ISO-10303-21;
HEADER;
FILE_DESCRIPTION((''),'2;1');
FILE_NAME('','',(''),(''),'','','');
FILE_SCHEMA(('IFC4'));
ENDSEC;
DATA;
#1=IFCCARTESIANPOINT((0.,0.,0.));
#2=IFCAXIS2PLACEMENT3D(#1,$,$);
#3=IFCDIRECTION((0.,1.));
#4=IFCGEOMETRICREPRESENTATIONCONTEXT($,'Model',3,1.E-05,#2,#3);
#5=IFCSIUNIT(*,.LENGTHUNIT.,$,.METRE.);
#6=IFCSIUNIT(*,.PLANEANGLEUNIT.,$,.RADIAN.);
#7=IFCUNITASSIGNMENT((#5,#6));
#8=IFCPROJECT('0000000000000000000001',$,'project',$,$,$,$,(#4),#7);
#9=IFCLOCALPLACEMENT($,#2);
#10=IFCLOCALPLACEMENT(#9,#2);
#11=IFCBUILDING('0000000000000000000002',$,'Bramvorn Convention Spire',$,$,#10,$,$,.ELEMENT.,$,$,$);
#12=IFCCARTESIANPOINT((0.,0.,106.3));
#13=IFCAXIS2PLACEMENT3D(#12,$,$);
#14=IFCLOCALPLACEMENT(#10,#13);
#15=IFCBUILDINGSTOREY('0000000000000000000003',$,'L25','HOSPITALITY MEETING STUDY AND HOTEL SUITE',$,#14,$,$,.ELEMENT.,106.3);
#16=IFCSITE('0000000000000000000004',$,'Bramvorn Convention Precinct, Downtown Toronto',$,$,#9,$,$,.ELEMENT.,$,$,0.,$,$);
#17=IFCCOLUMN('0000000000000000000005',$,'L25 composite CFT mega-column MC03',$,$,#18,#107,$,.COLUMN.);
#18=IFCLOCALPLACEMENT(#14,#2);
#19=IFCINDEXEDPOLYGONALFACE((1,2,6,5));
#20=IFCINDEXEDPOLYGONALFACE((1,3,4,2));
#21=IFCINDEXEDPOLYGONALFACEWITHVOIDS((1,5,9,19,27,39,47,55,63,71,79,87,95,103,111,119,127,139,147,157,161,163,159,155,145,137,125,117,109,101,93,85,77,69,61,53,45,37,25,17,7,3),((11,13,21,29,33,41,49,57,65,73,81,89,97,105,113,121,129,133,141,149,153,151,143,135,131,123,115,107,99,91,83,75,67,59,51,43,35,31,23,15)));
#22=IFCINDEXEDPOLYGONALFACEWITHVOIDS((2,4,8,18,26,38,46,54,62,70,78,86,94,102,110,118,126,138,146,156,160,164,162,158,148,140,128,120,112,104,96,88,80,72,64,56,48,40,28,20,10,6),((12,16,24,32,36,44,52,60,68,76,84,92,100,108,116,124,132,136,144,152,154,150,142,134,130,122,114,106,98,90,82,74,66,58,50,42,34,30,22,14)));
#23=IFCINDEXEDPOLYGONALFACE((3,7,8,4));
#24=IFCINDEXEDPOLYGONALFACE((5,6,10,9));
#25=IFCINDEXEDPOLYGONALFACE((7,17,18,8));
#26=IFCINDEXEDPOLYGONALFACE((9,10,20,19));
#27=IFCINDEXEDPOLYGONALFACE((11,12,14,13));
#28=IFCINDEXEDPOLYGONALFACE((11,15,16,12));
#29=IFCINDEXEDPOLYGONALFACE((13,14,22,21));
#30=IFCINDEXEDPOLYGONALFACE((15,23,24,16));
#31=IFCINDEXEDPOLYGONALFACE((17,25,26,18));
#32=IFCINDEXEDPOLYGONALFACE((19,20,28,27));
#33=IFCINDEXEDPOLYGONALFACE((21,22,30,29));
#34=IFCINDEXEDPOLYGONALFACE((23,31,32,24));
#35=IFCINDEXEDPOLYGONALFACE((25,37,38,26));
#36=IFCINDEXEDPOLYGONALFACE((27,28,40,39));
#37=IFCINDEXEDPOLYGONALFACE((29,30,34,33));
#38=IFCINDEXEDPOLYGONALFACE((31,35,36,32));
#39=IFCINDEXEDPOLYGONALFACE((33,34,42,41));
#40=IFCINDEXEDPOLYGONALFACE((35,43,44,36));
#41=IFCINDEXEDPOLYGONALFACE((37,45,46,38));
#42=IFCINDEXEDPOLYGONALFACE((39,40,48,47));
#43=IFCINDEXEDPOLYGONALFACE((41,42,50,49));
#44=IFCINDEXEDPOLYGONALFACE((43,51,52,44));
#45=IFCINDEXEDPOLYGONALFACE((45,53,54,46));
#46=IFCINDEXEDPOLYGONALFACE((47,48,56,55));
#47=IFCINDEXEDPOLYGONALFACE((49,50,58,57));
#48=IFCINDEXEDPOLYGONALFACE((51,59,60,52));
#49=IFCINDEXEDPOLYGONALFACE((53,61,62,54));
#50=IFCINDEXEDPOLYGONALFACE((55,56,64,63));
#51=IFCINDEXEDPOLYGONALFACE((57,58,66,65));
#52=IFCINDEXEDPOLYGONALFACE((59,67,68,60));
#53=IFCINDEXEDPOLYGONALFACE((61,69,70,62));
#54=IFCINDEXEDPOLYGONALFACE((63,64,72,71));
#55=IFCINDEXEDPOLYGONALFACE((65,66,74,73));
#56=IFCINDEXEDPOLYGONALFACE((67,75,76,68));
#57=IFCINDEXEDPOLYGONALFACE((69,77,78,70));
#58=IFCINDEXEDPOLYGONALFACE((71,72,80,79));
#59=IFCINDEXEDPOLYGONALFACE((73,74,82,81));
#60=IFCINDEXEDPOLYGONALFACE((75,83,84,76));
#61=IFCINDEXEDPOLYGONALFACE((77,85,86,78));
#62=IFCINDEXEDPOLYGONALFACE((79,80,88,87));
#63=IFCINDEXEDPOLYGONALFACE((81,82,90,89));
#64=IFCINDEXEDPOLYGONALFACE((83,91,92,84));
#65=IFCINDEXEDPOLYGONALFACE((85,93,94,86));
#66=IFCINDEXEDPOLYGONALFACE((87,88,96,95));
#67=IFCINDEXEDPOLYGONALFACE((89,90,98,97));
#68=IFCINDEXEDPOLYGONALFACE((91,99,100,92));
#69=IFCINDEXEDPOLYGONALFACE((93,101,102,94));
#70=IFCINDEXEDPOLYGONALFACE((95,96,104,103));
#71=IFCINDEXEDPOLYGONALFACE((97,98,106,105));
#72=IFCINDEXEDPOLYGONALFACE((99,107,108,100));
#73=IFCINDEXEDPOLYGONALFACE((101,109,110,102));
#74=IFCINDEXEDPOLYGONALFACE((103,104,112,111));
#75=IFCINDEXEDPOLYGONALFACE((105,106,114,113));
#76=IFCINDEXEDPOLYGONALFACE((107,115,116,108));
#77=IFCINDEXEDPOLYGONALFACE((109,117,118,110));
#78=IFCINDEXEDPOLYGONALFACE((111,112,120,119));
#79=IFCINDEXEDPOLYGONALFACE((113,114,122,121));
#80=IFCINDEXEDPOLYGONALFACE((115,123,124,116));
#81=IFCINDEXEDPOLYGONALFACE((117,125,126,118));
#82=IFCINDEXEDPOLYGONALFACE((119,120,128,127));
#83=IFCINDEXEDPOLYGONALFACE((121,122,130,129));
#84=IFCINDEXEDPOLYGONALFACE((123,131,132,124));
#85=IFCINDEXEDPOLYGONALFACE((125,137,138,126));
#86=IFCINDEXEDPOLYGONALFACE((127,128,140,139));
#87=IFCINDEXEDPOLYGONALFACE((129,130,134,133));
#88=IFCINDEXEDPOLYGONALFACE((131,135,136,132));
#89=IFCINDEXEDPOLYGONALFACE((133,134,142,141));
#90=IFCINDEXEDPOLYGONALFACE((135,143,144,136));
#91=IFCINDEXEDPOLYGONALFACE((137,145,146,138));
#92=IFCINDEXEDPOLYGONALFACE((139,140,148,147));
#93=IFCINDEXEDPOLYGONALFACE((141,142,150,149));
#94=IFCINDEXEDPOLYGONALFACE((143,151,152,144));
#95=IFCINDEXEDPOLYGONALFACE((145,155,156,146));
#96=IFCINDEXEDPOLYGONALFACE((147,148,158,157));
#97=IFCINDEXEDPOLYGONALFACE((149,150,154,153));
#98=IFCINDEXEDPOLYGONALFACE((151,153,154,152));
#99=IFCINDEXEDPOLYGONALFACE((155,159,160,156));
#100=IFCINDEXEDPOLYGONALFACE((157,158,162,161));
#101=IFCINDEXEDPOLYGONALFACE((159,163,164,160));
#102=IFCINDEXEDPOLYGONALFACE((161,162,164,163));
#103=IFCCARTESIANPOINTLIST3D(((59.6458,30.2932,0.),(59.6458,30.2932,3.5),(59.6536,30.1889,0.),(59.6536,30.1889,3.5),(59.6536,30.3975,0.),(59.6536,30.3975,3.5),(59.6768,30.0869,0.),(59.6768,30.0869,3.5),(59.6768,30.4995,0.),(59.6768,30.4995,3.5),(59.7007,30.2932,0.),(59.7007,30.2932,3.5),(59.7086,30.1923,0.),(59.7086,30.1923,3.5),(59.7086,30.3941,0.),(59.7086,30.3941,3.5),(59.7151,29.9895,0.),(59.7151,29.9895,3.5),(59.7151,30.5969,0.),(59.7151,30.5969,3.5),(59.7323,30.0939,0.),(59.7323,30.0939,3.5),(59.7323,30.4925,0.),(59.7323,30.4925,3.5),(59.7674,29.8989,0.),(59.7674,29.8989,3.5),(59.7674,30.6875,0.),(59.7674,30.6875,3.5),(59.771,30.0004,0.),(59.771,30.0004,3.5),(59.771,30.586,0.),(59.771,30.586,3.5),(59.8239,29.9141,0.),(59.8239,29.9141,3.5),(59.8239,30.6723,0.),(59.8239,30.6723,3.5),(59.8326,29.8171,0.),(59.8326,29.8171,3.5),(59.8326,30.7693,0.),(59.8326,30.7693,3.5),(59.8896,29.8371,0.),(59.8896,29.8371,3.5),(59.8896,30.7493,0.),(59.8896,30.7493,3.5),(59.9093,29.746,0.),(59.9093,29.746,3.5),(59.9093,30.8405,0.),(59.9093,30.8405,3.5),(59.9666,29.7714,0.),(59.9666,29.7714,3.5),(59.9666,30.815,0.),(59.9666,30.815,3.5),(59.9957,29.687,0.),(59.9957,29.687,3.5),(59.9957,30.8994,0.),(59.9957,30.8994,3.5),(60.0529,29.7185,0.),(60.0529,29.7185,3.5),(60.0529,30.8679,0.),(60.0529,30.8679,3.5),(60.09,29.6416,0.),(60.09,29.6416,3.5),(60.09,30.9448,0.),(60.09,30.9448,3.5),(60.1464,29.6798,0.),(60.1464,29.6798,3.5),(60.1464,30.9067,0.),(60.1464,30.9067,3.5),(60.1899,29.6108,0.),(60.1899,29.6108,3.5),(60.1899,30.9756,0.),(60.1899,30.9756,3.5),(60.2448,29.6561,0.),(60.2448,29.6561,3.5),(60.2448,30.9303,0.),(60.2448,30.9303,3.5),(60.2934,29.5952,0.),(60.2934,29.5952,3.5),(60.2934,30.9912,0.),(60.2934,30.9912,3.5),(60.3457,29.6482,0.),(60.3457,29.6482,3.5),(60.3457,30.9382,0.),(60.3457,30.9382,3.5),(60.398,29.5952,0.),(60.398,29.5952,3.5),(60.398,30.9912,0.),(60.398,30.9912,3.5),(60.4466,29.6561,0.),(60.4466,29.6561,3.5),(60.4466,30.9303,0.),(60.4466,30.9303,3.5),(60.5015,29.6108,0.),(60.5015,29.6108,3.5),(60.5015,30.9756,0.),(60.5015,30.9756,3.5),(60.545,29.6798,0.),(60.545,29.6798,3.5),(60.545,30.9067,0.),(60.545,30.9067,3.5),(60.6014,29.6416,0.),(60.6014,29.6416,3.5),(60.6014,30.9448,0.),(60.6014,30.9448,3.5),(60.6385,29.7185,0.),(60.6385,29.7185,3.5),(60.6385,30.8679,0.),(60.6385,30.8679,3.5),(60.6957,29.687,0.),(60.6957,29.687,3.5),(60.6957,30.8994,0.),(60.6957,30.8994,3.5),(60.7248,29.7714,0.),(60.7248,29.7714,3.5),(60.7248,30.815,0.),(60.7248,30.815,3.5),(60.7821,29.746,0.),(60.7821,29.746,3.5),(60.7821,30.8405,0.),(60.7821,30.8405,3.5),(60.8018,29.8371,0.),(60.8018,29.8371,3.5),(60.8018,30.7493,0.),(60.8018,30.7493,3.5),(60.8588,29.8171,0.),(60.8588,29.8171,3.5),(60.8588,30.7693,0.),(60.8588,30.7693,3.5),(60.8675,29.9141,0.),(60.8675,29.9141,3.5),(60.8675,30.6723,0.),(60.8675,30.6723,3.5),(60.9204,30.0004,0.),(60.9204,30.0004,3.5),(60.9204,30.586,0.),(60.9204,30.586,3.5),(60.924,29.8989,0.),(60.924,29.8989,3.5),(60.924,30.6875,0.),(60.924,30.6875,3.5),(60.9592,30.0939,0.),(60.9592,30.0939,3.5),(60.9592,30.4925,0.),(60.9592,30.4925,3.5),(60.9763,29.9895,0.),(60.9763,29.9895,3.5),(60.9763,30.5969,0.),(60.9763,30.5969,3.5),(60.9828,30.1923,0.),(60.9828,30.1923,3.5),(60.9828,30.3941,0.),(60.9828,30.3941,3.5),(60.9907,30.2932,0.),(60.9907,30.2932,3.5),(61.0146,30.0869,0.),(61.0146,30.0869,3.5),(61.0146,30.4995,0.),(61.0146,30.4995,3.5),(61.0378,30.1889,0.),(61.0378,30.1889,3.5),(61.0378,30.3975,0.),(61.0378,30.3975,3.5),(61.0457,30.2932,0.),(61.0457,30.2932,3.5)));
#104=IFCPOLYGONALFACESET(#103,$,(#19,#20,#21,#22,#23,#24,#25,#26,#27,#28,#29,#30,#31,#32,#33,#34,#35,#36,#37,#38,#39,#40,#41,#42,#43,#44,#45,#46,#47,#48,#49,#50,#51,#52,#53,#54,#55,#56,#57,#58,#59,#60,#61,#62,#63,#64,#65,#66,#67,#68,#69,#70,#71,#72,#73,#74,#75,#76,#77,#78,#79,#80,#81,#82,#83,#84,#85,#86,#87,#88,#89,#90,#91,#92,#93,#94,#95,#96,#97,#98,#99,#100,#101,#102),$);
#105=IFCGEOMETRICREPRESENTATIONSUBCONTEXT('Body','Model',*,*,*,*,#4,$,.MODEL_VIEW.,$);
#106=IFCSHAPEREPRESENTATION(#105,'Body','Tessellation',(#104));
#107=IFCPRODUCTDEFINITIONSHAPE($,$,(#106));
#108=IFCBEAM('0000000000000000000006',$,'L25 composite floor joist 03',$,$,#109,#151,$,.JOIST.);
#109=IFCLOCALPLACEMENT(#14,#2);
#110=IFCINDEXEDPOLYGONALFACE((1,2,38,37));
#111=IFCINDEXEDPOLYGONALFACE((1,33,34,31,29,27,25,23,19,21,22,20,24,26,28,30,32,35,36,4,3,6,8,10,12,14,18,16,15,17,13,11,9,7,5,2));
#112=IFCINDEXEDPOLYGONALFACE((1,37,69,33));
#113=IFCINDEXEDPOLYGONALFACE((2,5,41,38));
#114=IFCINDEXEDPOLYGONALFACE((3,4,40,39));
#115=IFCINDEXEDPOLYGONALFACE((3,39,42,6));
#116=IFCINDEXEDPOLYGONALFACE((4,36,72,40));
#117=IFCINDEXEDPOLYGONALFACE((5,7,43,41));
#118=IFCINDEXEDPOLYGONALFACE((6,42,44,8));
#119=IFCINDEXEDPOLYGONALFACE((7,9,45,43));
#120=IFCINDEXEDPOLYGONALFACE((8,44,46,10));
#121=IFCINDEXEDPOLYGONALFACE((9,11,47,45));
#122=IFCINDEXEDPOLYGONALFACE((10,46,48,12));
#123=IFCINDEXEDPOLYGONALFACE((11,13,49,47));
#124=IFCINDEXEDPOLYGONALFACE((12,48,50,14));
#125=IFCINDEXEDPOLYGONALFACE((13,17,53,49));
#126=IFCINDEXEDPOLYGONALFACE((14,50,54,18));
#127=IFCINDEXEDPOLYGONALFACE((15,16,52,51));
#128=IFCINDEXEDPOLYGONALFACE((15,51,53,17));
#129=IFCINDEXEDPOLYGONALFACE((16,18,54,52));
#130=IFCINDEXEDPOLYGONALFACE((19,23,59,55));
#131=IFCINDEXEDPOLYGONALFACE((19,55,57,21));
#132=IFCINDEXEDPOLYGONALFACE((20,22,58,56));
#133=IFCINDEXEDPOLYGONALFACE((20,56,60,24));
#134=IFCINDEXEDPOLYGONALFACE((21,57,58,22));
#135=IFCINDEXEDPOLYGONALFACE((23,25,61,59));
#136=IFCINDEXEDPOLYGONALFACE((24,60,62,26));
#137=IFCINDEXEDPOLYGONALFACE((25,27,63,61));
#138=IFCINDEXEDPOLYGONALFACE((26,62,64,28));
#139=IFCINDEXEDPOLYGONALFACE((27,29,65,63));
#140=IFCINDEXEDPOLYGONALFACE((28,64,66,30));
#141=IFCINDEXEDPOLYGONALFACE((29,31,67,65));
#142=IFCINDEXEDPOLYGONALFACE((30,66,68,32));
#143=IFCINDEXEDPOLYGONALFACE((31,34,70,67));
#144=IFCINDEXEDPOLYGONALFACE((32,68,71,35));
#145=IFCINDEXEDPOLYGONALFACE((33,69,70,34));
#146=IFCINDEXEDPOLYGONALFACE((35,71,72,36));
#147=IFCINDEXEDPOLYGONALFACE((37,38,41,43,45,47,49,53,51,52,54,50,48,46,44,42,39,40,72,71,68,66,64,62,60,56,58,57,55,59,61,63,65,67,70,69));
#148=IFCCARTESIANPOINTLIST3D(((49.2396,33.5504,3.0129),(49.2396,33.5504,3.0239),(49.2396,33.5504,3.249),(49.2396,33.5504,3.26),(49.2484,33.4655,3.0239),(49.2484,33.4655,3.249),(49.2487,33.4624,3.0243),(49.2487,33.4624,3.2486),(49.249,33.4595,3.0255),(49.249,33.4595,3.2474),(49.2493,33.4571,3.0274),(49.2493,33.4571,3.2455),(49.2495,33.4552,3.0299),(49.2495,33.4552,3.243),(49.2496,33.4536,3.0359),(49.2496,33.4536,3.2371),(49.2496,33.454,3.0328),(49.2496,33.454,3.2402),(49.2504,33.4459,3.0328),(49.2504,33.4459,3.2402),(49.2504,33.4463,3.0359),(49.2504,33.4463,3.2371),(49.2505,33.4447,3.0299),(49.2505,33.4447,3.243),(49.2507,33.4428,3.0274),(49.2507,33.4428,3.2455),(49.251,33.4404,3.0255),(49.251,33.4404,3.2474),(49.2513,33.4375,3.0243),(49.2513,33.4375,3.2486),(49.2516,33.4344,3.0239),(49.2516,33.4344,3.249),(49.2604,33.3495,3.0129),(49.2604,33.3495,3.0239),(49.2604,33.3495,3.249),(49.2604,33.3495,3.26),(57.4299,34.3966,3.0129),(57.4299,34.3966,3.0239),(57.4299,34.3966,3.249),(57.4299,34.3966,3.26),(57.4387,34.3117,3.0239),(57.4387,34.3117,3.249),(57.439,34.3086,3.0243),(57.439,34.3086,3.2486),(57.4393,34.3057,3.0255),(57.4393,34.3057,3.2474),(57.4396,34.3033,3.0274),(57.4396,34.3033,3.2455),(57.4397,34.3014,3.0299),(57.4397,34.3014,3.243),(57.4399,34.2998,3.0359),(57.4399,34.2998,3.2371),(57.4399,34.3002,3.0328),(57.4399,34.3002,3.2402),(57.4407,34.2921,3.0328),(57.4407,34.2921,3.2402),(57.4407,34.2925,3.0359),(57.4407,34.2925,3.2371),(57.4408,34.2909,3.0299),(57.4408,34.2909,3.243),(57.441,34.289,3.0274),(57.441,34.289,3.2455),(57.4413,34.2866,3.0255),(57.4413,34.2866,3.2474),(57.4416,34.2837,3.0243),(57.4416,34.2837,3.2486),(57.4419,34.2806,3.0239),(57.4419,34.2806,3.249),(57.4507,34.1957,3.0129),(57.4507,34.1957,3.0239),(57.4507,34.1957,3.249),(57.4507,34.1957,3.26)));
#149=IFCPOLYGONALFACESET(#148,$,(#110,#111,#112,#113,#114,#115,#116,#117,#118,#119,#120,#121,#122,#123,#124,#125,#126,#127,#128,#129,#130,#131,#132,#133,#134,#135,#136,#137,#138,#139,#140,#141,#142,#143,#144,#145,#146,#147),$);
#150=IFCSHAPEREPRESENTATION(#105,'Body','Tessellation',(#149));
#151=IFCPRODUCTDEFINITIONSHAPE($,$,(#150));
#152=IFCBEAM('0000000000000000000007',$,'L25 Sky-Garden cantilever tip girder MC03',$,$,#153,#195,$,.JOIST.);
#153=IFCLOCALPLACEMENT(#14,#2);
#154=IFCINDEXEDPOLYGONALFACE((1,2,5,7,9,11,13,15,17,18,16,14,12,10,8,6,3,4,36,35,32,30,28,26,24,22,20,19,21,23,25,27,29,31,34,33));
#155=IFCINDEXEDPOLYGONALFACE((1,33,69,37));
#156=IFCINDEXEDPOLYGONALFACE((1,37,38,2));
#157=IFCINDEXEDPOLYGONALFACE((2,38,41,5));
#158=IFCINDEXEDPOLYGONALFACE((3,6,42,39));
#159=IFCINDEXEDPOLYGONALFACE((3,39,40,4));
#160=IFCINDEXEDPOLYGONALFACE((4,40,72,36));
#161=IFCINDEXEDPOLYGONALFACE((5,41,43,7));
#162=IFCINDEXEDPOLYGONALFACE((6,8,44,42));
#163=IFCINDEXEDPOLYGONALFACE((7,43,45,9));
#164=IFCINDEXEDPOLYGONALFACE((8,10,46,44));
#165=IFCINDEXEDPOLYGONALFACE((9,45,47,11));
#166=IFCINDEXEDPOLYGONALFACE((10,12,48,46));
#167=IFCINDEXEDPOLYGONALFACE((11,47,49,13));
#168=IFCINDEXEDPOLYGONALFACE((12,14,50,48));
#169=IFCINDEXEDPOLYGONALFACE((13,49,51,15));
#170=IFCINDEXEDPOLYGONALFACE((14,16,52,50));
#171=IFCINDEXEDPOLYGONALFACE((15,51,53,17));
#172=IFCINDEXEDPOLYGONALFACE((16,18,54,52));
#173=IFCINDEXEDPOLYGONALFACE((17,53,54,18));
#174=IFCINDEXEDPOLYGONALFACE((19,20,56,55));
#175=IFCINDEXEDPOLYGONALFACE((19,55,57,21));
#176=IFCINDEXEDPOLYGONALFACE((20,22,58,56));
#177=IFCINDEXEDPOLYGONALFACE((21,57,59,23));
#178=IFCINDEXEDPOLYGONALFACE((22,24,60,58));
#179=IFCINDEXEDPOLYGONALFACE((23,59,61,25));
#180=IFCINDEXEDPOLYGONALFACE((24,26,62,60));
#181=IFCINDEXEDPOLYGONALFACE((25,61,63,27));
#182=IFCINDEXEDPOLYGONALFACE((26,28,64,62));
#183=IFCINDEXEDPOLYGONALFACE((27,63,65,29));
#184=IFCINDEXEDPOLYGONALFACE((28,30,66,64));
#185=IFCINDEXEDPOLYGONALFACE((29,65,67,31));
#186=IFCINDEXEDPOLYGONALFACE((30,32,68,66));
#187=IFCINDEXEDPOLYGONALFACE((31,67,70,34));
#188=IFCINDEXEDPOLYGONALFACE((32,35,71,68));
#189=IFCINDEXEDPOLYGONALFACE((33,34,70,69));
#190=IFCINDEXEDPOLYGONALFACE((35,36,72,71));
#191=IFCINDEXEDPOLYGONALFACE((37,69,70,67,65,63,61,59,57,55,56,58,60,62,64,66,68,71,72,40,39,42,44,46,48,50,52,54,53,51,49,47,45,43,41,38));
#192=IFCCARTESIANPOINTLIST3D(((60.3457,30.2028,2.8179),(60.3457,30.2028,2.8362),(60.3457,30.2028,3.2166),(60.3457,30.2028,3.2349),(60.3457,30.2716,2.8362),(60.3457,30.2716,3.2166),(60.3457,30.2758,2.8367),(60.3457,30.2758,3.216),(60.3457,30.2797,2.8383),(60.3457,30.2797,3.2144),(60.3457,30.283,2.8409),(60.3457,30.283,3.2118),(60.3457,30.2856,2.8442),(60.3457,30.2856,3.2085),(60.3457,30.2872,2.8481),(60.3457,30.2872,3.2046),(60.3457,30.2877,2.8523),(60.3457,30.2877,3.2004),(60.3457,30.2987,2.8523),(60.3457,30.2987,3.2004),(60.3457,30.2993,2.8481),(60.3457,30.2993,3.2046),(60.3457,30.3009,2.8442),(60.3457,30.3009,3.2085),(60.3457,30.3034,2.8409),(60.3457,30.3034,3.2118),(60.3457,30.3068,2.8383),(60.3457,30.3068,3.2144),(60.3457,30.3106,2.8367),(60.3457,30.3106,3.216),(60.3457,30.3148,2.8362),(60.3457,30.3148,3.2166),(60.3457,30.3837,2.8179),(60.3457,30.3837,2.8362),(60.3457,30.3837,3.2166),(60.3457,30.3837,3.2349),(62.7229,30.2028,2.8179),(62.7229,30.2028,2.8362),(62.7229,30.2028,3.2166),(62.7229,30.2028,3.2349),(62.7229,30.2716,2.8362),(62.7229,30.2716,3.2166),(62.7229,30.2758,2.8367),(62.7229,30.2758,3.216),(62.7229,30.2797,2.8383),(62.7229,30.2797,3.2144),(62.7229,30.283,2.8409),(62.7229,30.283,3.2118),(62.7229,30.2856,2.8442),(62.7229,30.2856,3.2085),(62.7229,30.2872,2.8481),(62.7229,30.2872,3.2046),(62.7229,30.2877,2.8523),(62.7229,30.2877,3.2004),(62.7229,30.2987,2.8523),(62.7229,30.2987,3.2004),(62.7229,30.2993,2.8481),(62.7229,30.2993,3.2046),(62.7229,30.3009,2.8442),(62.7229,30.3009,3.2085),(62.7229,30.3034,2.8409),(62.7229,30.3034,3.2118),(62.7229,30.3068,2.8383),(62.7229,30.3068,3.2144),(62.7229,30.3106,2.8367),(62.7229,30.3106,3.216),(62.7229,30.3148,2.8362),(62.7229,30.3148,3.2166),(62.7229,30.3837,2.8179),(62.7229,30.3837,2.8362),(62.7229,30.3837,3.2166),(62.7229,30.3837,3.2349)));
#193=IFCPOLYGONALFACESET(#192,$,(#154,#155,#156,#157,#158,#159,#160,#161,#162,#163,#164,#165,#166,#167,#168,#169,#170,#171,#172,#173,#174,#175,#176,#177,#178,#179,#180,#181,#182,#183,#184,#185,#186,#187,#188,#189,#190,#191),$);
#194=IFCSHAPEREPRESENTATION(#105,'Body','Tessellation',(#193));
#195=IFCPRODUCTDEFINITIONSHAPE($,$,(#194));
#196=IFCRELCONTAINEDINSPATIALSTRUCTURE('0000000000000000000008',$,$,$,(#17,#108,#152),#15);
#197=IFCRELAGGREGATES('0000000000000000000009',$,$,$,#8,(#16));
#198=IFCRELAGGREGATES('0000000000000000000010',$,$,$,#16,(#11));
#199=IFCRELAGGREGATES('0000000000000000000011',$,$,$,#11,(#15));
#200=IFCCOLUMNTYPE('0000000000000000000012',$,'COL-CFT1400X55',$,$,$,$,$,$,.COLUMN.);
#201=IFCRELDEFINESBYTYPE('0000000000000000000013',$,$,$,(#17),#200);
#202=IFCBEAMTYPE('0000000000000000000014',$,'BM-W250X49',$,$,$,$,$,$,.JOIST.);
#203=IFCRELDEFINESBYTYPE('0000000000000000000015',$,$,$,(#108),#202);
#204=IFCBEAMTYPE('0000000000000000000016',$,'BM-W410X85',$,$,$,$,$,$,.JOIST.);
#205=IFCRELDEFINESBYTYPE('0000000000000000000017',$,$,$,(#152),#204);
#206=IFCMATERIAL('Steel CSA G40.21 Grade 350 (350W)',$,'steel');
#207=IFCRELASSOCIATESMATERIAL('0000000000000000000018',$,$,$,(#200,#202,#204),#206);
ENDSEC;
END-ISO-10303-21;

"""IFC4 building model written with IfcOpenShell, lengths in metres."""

from ifc_helpers import new_model, si_unit, direction, frame, origin, origin_2d, place, context, subcontext, project, spatial, hollow_circle, i_section, extrude, material, material_profile, profile_set, type_object, element, save


model = new_model("IFC4")

# Units and contexts
model_context = context("Model", 3, precision=1e-05, world=origin(), true_north=direction((0.0, 1.0)))
body_context = subcontext(model_context, "Body", "Model", "MODEL_VIEW")
ifc_project = project(units=[si_unit("LENGTHUNIT", "METRE"), si_unit("PLANEANGLEUNIT", "RADIAN")], contexts=[model_context])

# Site, building, storey
site_placement = place(None, origin())
site = spatial("IfcSite", under=ifc_project, at=site_placement, Name="Bramvorn Convention Precinct, Downtown Toronto", CompositionType="ELEMENT", RefElevation=0.0)
building_placement = place(site_placement, origin())
building = spatial("IfcBuilding", under=site, at=building_placement, Name="Bramvorn Convention Spire", CompositionType="ELEMENT")
storey_placement = place(building_placement, frame((0.0, 0.0, 106.3)))
storey = spatial("IfcBuildingStorey", under=building, at=storey_placement, Name="L25", Description="HOSPITALITY MEETING STUDY AND HOTEL SUITE", CompositionType="ELEMENT", Elevation=106.3)

# Column
ifc_material_1 = material(Name="Steel CSA G40.21 Grade 350 (350W)", Category="steel")
ifc_material_profile_1 = material_profile(ifc_material_1, hollow_circle(Radius=0.7, WallThickness=0.0549, at=origin_2d()))
ifc_profile_set_1 = profile_set([ifc_material_profile_1], Name="Steel CSA G40.21 Grade 350 (350W) - CFT1400X55")
column_type = type_object("IfcColumnType", Name="COL-CFT1400X55", PredefinedType="COLUMN", material=ifc_profile_set_1)
column_placement = place(storey_placement, frame((60.3457, 30.2932, 0.0), z_axis=(0.0, 0.0, 1.0), x_axis=(1.0, 0.0, 0.0)))
element("IfcColumn", 1, at=column_placement, inside=storey, type_object=column_type, Name="L25 composite CFT mega-column MC03", PredefinedType="COLUMN", context=body_context, shape_type="SweptSolid", body=[
    extrude(hollow_circle(Radius=0.7, WallThickness=0.0549, at=origin_2d()), origin(), (0.0, 0.0, 1.0), 3.5),
])

# Beams
ifc_material_profile_2 = material_profile(ifc_material_1, i_section(OverallWidth=0.2019, OverallDepth=0.2471, WebThickness=0.0073, FlangeThickness=0.011, FilletRadius=0.012, at=origin_2d()))
ifc_profile_set_2 = profile_set([ifc_material_profile_2], Name="Steel CSA G40.21 Grade 350 (350W) - W250X49")
beam_type_1 = type_object("IfcBeamType", Name="BM-W250X49", PredefinedType="JOIST", material=ifc_profile_set_2)
beam_1_placement = place(storey_placement, frame((49.25, 33.45, 3.1365), z_axis=(0.994705, 0.102771, 0.0), x_axis=(-0.102771, 0.994705, 0.0)))
element("IfcBeam", 2, at=beam_1_placement, inside=storey, type_object=beam_type_1, Name="L25 composite floor joist 03", PredefinedType="JOIST", context=body_context, shape_type="SweptSolid", body=[
    extrude(i_section(OverallWidth=0.2019, OverallDepth=0.2471, WebThickness=0.0073, FlangeThickness=0.011, FilletRadius=0.012, at=origin_2d()), origin(), (0.0, 0.0, 1.0), 8.2339),
])
ifc_material_profile_3 = material_profile(ifc_material_1, i_section(OverallWidth=0.1809, OverallDepth=0.417, WebThickness=0.011, FlangeThickness=0.0183, FilletRadius=0.0161, at=origin_2d()))
ifc_profile_set_3 = profile_set([ifc_material_profile_3], Name="Steel CSA G40.21 Grade 350 (350W) - W410X85")
beam_type_2 = type_object("IfcBeamType", Name="BM-W410X85", PredefinedType="JOIST", material=ifc_profile_set_3)
beam_2_placement = place(storey_placement, frame((60.3457, 30.2932, 3.0264), z_axis=(1.0, 0.0, 0.0), x_axis=(0.0, 1.0, 0.0)))
element("IfcBeam", 3, at=beam_2_placement, inside=storey, type_object=beam_type_2, Name="L25 Sky-Garden cantilever tip girder MC03", PredefinedType="JOIST", context=body_context, shape_type="SweptSolid", body=[
    extrude(i_section(OverallWidth=0.1809, OverallDepth=0.417, WebThickness=0.011, FlangeThickness=0.0183, FilletRadius=0.0161, at=origin_2d()), origin(), (0.0, 0.0, 1.0), 2.3772),
])

save(model, "model.ifc")
